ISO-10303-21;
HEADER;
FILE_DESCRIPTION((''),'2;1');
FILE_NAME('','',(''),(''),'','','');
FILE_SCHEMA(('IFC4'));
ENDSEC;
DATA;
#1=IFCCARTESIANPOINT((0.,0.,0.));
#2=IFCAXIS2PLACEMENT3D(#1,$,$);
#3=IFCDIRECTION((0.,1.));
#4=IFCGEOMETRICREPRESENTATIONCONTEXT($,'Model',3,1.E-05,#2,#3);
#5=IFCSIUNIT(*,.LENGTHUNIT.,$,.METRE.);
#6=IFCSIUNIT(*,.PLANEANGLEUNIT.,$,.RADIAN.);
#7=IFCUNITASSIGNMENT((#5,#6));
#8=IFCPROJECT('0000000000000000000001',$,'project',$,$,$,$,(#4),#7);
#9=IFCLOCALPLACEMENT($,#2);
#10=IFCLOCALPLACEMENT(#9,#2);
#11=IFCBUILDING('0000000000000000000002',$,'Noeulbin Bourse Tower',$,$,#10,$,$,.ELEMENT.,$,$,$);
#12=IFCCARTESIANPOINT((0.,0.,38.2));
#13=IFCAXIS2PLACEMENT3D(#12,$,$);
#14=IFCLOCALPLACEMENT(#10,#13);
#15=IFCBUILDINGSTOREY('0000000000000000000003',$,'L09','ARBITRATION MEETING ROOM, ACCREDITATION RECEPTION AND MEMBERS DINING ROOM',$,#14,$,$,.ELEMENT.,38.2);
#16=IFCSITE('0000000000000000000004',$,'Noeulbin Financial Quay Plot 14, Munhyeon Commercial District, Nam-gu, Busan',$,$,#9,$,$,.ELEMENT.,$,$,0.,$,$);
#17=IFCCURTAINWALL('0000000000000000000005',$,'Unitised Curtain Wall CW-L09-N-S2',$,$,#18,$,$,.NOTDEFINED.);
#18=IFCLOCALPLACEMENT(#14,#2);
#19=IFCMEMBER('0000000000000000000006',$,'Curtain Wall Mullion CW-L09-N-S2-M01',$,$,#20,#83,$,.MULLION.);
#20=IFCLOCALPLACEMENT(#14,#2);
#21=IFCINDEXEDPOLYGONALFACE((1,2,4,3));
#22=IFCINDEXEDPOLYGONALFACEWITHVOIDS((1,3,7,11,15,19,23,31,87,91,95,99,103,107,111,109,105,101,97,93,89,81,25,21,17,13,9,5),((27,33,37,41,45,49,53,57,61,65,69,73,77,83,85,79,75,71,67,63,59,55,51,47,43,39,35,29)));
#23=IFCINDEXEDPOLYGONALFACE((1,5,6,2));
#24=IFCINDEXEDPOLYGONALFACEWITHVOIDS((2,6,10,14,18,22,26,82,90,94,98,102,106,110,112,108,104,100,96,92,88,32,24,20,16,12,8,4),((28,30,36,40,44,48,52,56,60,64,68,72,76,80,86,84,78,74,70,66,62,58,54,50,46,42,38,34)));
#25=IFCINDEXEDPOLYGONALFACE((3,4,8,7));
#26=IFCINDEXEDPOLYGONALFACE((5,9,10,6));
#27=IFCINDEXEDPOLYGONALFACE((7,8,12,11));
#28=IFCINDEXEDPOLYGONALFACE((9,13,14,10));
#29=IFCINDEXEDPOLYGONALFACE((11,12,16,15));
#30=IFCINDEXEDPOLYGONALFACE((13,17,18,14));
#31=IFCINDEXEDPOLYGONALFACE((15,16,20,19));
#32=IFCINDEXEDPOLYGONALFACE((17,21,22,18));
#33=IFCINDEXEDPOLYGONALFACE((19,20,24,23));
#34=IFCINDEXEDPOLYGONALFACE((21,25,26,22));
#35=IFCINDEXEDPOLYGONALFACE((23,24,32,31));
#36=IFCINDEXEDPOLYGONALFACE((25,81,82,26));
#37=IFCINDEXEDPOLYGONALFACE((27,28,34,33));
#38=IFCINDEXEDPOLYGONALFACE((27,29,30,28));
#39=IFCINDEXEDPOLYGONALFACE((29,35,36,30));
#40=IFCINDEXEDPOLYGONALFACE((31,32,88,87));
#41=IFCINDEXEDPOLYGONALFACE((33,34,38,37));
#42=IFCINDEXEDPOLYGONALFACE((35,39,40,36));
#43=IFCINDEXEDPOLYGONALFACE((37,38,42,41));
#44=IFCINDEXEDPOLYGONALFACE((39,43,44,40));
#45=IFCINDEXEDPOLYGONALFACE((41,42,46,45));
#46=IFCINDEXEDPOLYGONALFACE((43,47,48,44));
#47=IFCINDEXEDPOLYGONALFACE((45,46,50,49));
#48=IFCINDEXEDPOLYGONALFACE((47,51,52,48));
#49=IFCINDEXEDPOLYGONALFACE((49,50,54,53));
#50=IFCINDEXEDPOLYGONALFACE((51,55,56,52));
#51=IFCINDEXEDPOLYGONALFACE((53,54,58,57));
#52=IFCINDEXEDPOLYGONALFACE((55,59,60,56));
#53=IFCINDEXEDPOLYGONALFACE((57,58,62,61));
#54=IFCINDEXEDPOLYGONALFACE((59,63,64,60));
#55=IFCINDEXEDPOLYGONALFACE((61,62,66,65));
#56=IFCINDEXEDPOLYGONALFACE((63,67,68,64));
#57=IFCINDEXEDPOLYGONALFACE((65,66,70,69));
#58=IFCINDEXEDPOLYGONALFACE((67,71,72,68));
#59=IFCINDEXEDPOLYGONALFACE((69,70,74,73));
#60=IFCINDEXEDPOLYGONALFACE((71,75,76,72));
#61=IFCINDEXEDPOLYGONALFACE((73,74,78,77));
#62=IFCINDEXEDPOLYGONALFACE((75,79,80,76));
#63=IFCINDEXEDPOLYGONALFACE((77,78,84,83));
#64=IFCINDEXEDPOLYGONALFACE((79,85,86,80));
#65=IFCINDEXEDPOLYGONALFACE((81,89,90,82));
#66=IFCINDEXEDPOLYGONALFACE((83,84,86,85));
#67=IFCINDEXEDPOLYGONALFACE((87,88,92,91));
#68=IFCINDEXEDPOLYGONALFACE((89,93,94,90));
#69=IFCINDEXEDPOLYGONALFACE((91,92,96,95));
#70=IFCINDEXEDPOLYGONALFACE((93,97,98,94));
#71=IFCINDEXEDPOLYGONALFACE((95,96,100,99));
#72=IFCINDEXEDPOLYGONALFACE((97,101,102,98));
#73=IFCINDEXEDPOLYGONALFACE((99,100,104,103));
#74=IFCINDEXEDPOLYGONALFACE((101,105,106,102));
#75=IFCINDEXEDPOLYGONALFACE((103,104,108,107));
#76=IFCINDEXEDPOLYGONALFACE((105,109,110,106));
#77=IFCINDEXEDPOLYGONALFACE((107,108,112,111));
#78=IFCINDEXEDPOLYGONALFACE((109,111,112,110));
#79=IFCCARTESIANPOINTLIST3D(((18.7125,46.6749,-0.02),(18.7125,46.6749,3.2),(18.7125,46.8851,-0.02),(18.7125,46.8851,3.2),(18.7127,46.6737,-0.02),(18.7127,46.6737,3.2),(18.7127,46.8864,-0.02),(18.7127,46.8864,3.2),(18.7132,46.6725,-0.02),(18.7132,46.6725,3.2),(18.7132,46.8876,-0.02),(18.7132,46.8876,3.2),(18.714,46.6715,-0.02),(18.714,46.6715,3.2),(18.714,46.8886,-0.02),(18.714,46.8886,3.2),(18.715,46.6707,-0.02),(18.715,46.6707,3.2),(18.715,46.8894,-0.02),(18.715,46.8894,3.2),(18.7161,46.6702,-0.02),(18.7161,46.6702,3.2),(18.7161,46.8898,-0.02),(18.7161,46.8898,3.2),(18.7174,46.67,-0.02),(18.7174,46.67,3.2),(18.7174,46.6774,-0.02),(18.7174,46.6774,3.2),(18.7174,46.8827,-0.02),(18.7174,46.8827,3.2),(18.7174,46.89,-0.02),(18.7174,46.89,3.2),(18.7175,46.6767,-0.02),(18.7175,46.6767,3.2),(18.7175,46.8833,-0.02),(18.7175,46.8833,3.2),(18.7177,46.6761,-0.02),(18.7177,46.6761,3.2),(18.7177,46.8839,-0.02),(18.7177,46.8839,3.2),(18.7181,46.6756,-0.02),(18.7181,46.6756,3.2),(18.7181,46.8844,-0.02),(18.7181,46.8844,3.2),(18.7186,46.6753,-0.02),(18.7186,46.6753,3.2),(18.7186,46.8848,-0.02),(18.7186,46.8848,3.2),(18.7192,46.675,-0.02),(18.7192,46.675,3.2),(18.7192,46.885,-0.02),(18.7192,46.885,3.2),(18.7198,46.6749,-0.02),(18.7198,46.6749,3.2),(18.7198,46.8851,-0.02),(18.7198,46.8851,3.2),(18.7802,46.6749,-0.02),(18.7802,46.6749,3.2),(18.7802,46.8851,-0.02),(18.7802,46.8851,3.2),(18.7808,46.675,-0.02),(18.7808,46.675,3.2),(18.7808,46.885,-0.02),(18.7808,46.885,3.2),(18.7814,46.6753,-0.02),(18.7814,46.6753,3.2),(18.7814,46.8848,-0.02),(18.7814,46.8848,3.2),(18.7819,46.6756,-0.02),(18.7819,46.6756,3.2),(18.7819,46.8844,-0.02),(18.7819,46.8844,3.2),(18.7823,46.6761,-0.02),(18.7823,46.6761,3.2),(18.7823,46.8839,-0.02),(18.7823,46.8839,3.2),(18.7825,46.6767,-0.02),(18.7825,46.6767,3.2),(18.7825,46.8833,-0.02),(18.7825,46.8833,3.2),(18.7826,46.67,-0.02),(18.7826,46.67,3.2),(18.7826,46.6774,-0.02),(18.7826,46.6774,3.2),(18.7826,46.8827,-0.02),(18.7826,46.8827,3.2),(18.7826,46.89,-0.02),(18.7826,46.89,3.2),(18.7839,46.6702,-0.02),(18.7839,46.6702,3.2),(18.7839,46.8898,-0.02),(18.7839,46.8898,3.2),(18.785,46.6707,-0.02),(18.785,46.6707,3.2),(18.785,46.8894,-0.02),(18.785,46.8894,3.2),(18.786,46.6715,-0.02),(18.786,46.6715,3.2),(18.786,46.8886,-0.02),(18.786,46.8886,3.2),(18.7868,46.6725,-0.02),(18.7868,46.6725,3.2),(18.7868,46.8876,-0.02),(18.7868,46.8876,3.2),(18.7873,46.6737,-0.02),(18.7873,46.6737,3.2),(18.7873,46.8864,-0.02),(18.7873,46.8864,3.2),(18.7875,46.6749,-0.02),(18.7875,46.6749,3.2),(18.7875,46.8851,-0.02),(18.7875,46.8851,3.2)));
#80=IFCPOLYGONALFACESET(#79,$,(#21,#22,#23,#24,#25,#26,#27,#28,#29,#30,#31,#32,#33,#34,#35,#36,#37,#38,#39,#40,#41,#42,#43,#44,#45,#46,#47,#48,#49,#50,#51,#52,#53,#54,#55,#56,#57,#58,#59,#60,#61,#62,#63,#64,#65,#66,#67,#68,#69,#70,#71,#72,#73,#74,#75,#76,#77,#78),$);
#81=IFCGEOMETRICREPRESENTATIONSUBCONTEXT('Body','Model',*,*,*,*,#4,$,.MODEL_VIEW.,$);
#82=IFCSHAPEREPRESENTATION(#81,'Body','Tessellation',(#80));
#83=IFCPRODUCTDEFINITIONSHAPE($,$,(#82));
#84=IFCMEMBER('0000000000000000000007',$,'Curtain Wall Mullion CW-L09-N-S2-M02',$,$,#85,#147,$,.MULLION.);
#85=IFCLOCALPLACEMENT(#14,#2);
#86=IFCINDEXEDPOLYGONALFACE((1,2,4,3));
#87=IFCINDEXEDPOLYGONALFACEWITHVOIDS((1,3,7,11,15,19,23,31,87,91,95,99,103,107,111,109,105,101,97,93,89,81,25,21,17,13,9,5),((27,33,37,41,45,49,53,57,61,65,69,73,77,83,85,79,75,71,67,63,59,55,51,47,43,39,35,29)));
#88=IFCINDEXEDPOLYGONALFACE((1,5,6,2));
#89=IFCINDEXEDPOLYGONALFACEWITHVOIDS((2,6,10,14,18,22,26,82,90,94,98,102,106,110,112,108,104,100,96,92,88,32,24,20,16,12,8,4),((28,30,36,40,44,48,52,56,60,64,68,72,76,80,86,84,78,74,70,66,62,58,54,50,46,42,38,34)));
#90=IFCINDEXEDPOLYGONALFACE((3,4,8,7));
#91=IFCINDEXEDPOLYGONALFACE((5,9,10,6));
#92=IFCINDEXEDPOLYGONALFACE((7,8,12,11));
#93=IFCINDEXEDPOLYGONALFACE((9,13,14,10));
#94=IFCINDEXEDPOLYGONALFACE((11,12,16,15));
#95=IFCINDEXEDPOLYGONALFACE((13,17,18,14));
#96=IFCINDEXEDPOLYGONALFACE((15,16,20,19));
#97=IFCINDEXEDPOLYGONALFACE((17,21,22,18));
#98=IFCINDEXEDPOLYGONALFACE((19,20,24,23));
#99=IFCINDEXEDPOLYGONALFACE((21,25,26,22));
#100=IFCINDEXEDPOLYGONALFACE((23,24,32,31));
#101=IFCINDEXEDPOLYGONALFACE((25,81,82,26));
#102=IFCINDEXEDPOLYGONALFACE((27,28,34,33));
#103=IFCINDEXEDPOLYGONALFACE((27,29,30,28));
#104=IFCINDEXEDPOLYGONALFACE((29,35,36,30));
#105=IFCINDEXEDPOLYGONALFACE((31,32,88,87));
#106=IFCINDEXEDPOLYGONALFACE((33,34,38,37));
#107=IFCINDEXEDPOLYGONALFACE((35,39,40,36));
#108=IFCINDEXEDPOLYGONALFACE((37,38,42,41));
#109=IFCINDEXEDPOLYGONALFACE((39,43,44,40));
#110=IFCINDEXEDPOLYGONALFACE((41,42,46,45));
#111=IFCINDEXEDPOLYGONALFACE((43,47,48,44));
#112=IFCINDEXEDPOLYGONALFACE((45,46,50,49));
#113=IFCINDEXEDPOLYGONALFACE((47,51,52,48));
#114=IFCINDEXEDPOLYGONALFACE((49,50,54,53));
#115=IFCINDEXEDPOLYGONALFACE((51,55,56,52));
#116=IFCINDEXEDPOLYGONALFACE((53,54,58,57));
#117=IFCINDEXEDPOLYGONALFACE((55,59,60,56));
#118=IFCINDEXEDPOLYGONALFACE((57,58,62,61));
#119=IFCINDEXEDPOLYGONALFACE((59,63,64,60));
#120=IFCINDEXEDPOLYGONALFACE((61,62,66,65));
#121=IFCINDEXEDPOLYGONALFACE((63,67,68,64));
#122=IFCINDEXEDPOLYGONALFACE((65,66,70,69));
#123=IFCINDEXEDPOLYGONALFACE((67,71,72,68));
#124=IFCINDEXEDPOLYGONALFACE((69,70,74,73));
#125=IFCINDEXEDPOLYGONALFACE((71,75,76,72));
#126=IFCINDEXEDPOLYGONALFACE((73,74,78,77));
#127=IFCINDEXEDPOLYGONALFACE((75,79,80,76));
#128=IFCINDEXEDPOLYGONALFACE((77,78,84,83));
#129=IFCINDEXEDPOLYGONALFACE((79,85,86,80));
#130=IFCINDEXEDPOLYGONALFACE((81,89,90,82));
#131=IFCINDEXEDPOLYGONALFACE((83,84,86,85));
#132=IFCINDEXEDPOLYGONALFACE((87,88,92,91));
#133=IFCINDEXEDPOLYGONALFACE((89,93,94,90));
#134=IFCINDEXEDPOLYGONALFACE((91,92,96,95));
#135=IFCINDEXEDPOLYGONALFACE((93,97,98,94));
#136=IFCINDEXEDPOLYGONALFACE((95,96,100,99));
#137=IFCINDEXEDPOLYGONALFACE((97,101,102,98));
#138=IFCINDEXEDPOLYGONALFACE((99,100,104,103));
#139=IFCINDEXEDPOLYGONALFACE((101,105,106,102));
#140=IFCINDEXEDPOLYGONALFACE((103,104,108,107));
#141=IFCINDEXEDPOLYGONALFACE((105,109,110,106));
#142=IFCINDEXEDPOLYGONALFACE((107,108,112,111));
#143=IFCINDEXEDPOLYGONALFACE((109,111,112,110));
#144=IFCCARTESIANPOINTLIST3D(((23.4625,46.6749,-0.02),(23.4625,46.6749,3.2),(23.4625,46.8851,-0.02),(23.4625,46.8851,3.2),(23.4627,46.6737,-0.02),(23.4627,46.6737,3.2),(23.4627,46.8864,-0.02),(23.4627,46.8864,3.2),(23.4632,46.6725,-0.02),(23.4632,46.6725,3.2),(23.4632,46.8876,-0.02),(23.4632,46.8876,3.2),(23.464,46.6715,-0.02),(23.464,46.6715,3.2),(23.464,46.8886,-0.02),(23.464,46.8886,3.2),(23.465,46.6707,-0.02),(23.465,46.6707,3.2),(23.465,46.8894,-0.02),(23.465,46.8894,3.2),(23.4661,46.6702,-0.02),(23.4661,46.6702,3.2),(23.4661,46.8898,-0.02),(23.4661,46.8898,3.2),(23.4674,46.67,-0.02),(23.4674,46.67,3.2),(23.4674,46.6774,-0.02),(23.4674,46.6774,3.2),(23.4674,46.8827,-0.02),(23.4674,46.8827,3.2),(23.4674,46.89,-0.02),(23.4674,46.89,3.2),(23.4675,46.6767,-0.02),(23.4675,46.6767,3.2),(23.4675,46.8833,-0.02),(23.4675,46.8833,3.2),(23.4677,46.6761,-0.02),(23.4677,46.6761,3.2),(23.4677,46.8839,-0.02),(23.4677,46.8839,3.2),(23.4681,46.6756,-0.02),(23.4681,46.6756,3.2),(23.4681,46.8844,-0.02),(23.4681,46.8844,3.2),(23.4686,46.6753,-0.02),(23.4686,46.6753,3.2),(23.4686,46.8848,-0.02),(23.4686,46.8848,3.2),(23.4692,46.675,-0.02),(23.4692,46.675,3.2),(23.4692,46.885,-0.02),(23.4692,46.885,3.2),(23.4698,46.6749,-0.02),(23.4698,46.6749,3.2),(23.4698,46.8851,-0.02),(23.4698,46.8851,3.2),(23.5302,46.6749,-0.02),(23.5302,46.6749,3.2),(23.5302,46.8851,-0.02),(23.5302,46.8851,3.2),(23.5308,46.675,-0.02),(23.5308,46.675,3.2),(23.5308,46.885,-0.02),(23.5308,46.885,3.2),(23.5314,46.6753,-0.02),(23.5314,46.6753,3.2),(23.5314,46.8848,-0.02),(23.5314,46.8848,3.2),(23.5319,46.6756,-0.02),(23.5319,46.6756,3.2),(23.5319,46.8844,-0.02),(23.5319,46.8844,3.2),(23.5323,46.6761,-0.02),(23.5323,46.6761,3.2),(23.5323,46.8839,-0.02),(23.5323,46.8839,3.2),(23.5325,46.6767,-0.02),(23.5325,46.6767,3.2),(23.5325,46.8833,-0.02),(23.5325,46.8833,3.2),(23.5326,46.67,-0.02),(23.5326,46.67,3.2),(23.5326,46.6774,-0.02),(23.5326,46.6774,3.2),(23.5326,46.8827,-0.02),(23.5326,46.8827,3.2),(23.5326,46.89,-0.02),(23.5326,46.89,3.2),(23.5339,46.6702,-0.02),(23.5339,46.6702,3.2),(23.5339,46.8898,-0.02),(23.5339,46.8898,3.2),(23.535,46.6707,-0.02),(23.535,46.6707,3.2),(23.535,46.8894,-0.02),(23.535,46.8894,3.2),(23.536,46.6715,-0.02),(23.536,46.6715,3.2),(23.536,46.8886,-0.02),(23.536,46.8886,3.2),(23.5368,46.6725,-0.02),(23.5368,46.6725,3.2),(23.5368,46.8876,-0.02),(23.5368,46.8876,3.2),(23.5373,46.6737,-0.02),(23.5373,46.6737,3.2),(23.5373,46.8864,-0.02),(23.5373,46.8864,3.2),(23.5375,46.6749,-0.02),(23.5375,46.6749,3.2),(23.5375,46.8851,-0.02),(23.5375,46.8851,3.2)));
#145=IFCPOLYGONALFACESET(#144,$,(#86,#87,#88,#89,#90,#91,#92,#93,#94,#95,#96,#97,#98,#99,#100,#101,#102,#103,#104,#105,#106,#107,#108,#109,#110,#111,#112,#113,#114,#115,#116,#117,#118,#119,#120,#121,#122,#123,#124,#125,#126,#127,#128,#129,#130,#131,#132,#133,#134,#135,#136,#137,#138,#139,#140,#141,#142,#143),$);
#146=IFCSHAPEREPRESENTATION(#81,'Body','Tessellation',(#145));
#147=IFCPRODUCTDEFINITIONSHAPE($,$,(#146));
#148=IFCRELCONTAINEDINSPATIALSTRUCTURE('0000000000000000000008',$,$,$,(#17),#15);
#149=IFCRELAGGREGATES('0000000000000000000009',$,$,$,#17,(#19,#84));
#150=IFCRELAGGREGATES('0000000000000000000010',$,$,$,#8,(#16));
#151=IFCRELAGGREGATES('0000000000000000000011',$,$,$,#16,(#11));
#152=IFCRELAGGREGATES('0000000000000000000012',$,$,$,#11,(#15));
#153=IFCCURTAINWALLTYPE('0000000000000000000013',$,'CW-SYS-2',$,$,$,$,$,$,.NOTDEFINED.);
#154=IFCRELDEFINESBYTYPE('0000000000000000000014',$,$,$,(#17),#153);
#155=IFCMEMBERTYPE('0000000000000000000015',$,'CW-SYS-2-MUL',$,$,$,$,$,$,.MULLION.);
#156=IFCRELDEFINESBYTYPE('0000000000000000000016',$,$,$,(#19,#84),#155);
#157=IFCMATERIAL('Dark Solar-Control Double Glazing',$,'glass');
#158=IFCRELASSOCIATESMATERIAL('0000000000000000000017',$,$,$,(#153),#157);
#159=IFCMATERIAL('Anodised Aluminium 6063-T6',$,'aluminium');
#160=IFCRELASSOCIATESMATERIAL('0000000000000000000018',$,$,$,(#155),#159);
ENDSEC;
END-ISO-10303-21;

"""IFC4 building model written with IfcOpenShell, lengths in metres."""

from ifc_helpers import new_model, si_unit, direction, frame, origin, origin_2d, place, context, subcontext, project, spatial, hollow_rectangle, extrude, material, material_profile, profile_set, type_object, element, aggregate, save


model = new_model("IFC4")

# Units and contexts
model_context = context("Model", 3, precision=1e-05, world=origin(), true_north=direction((0.0, 1.0)))
body_context = subcontext(model_context, "Body", "Model", "MODEL_VIEW")
ifc_project = project(units=[si_unit("LENGTHUNIT", "METRE"), si_unit("PLANEANGLEUNIT", "RADIAN")], contexts=[model_context])

# Site, building, storey
site_placement = place(None, origin())
site = spatial("IfcSite", under=ifc_project, at=site_placement, Name="Noeulbin Financial Quay Plot 14, Munhyeon Commercial District, Nam-gu, Busan", CompositionType="ELEMENT", RefElevation=0.0)
building_placement = place(site_placement, origin())
building = spatial("IfcBuilding", under=site, at=building_placement, Name="Noeulbin Bourse Tower", CompositionType="ELEMENT")
storey_placement = place(building_placement, frame((0.0, 0.0, 38.2)))
storey = spatial("IfcBuildingStorey", under=building, at=storey_placement, Name="L09", Description="ARBITRATION MEETING ROOM, ACCREDITATION RECEPTION AND MEMBERS DINING ROOM", CompositionType="ELEMENT", Elevation=38.2)

# Curtain wall, members
ifc_material_1 = material(Name="Dark Solar-Control Double Glazing", Category="glass")
curtain_wall_type = type_object("IfcCurtainWallType", Name="CW-SYS-2", PredefinedType="NOTDEFINED", material=ifc_material_1)
curtain_wall_1_placement = place(storey_placement, origin())
curtain_wall_1 = element("IfcCurtainWall", 1, at=curtain_wall_1_placement, inside=storey, type_object=curtain_wall_type, Name="Unitised Curtain Wall CW-L09-N-S2", PredefinedType="NOTDEFINED")
ifc_material_2 = material(Name="Anodised Aluminium 6063-T6", Category="aluminium")
ifc_material_profile_1 = material_profile(ifc_material_2, hollow_rectangle(XDim=0.075, YDim=0.22, WallThickness=0.0049, InnerFilletRadius=0.0024, OuterFilletRadius=0.0049, at=origin_2d()), Name="ALU-MULL-75x220x5", Category="LoadBearing")
ifc_profile_set_1 = profile_set([ifc_material_profile_1], Name="Anodised Aluminium 6063-T6")
member_type_1 = type_object("IfcMemberType", Name="CW-SYS-2-MUL", PredefinedType="MULLION", material=ifc_profile_set_1)
member_1_placement = place(storey_placement, frame((18.75, 46.78, -0.02), z_axis=(0.0, 0.0, 1.0), x_axis=(1.0, 0.0, 0.0)))
member_1 = element("IfcMember", 2, at=member_1_placement, type_object=member_type_1, Name="Curtain Wall Mullion CW-L09-N-S2-M01", PredefinedType="MULLION", context=body_context, shape_type="SweptSolid", body=[
    extrude(hollow_rectangle(XDim=0.075, YDim=0.22, WallThickness=0.0049, InnerFilletRadius=0.0024, OuterFilletRadius=0.0049, at=origin_2d()), origin(), (0.0, 0.0, 1.0), 3.22),
])
member_2_placement = place(storey_placement, frame((23.5, 46.78, -0.02), z_axis=(0.0, 0.0, 1.0), x_axis=(1.0, 0.0, 0.0)))
member_2 = element("IfcMember", 3, at=member_2_placement, type_object=member_type_1, Name="Curtain Wall Mullion CW-L09-N-S2-M02", PredefinedType="MULLION", context=body_context, shape_type="SweptSolid", body=[
    extrude(hollow_rectangle(XDim=0.075, YDim=0.22, WallThickness=0.0049, InnerFilletRadius=0.0024, OuterFilletRadius=0.0049, at=origin_2d()), origin(), (0.0, 0.0, 1.0), 3.22),
])

aggregate(curtain_wall_1, [member_1, member_2])

save(model, "model.ifc")
